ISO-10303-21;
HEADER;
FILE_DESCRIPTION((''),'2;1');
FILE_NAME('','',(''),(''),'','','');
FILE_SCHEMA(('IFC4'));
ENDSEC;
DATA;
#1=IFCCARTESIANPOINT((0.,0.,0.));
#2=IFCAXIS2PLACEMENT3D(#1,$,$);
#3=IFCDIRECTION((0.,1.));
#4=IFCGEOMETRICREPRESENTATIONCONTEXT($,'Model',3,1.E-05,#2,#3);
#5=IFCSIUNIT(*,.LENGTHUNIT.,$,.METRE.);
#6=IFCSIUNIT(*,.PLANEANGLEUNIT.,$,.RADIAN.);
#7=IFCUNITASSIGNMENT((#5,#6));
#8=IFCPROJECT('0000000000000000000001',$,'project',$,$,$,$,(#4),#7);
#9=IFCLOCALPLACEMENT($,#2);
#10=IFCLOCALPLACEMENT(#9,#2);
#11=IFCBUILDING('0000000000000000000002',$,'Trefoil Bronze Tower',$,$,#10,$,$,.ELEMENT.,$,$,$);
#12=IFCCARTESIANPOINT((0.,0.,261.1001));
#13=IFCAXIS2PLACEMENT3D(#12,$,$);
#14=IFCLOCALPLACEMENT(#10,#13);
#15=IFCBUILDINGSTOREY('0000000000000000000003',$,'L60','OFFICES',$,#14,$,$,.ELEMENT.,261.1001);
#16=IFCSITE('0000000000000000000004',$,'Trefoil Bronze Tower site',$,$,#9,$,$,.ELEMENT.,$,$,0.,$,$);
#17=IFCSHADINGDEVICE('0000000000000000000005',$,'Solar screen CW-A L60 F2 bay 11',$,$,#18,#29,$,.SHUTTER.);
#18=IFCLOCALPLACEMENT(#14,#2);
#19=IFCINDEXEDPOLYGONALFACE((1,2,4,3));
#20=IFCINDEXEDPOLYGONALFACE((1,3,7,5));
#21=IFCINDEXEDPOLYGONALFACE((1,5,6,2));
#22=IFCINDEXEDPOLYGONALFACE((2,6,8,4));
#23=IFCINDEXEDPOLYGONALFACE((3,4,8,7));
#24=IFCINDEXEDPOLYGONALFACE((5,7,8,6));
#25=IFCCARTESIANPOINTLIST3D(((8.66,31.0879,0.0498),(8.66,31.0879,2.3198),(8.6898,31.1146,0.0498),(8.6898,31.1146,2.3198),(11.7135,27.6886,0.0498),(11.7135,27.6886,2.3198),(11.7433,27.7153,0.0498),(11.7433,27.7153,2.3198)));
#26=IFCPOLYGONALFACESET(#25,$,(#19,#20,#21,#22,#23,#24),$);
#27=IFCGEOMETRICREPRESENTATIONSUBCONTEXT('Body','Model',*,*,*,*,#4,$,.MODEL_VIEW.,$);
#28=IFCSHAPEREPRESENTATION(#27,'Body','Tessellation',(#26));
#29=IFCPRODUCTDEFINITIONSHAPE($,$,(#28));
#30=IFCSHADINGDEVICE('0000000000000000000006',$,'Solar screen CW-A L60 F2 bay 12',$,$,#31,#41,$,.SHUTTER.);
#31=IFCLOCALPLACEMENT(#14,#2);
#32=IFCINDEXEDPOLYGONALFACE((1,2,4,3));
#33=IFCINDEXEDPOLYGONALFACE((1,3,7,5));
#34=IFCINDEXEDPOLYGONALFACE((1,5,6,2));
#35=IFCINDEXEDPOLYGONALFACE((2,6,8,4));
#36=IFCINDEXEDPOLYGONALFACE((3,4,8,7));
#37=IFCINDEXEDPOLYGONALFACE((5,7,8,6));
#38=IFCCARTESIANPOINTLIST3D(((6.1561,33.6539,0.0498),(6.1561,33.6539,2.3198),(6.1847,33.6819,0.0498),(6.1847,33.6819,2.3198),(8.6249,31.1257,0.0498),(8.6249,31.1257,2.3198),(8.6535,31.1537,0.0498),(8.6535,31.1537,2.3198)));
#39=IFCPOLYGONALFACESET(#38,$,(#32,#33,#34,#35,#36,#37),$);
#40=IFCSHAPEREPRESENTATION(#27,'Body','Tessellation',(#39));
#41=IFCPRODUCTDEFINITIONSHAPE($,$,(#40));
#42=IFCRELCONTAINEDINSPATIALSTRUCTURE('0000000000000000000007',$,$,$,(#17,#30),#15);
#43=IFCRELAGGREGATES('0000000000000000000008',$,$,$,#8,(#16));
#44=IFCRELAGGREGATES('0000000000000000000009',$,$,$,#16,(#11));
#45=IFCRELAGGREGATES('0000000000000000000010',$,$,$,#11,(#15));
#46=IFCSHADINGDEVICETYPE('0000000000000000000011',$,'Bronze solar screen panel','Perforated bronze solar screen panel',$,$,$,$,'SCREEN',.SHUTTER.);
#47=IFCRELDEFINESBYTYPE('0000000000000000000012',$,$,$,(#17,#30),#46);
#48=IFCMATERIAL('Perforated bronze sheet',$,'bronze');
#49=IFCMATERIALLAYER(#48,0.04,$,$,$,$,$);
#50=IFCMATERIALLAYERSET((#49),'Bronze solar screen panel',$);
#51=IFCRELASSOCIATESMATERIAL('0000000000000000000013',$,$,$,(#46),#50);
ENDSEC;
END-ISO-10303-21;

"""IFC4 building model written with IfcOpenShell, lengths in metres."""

from ifc_helpers import new_model, si_unit, direction, frame, origin, origin_2d, place, context, subcontext, project, spatial, rectangle, extrude, material, layer, layer_set, type_object, element, save


model = new_model("IFC4")

# Units and contexts
model_context = context("Model", 3, precision=1e-05, world=origin(), true_north=direction((0.0, 1.0)))
body_context = subcontext(model_context, "Body", "Model", "MODEL_VIEW")
ifc_project = project(units=[si_unit("LENGTHUNIT", "METRE"), si_unit("PLANEANGLEUNIT", "RADIAN")], contexts=[model_context])

# Site, building, storey
site_placement = place(None, origin())
site = spatial("IfcSite", under=ifc_project, at=site_placement, Name="Trefoil Bronze Tower site", CompositionType="ELEMENT", RefElevation=0.0)
building_placement = place(site_placement, origin())
building = spatial("IfcBuilding", under=site, at=building_placement, Name="Trefoil Bronze Tower", CompositionType="ELEMENT")
storey_placement = place(building_placement, frame((0.0, 0.0, 261.1001)))
storey = spatial("IfcBuildingStorey", under=building, at=storey_placement, Name="L60", Description="OFFICES", CompositionType="ELEMENT", Elevation=261.1001)

# Shading devices
ifc_material_1 = material(Name="Perforated bronze sheet", Category="bronze")
ifc_layer_1 = layer(ifc_material_1, 0.04)
ifc_layer_set_1 = layer_set([ifc_layer_1], Name="Bronze solar screen panel")
shading_device_type = type_object("IfcShadingDeviceType", Name="Bronze solar screen panel", Description="Perforated bronze solar screen panel", ElementType="SCREEN", PredefinedType="SHUTTER", material=ifc_layer_set_1)
shading_device_1_placement = place(storey_placement, frame((10.2017, 29.4016, 0.0498), z_axis=(0.0, 0.0, 1.0), x_axis=(-0.668246, 0.743941, 0.0)))
element("IfcShadingDevice", 1, at=shading_device_1_placement, inside=storey, type_object=shading_device_type, Name="Solar screen CW-A L60 F2 bay 11", PredefinedType="SHUTTER", context=body_context, shape_type="SweptSolid", body=[
    extrude(rectangle(XDim=4.5693, YDim=0.04, at=origin_2d()), origin(), (0.0, 0.0, 1.0), 2.27),
])
shading_device_2_placement = place(storey_placement, frame((7.4048, 32.4038, 0.0498), z_axis=(0.0, 0.0, 1.0), x_axis=(-0.698652, 0.715462, 0.0)))
element("IfcShadingDevice", 2, at=shading_device_2_placement, inside=storey, type_object=shading_device_type, Name="Solar screen CW-A L60 F2 bay 12", PredefinedType="SHUTTER", context=body_context, shape_type="SweptSolid", body=[
    extrude(rectangle(XDim=3.5337, YDim=0.04, at=origin_2d()), origin(), (0.0, 0.0, 1.0), 2.27),
])

save(model, "model.ifc")
